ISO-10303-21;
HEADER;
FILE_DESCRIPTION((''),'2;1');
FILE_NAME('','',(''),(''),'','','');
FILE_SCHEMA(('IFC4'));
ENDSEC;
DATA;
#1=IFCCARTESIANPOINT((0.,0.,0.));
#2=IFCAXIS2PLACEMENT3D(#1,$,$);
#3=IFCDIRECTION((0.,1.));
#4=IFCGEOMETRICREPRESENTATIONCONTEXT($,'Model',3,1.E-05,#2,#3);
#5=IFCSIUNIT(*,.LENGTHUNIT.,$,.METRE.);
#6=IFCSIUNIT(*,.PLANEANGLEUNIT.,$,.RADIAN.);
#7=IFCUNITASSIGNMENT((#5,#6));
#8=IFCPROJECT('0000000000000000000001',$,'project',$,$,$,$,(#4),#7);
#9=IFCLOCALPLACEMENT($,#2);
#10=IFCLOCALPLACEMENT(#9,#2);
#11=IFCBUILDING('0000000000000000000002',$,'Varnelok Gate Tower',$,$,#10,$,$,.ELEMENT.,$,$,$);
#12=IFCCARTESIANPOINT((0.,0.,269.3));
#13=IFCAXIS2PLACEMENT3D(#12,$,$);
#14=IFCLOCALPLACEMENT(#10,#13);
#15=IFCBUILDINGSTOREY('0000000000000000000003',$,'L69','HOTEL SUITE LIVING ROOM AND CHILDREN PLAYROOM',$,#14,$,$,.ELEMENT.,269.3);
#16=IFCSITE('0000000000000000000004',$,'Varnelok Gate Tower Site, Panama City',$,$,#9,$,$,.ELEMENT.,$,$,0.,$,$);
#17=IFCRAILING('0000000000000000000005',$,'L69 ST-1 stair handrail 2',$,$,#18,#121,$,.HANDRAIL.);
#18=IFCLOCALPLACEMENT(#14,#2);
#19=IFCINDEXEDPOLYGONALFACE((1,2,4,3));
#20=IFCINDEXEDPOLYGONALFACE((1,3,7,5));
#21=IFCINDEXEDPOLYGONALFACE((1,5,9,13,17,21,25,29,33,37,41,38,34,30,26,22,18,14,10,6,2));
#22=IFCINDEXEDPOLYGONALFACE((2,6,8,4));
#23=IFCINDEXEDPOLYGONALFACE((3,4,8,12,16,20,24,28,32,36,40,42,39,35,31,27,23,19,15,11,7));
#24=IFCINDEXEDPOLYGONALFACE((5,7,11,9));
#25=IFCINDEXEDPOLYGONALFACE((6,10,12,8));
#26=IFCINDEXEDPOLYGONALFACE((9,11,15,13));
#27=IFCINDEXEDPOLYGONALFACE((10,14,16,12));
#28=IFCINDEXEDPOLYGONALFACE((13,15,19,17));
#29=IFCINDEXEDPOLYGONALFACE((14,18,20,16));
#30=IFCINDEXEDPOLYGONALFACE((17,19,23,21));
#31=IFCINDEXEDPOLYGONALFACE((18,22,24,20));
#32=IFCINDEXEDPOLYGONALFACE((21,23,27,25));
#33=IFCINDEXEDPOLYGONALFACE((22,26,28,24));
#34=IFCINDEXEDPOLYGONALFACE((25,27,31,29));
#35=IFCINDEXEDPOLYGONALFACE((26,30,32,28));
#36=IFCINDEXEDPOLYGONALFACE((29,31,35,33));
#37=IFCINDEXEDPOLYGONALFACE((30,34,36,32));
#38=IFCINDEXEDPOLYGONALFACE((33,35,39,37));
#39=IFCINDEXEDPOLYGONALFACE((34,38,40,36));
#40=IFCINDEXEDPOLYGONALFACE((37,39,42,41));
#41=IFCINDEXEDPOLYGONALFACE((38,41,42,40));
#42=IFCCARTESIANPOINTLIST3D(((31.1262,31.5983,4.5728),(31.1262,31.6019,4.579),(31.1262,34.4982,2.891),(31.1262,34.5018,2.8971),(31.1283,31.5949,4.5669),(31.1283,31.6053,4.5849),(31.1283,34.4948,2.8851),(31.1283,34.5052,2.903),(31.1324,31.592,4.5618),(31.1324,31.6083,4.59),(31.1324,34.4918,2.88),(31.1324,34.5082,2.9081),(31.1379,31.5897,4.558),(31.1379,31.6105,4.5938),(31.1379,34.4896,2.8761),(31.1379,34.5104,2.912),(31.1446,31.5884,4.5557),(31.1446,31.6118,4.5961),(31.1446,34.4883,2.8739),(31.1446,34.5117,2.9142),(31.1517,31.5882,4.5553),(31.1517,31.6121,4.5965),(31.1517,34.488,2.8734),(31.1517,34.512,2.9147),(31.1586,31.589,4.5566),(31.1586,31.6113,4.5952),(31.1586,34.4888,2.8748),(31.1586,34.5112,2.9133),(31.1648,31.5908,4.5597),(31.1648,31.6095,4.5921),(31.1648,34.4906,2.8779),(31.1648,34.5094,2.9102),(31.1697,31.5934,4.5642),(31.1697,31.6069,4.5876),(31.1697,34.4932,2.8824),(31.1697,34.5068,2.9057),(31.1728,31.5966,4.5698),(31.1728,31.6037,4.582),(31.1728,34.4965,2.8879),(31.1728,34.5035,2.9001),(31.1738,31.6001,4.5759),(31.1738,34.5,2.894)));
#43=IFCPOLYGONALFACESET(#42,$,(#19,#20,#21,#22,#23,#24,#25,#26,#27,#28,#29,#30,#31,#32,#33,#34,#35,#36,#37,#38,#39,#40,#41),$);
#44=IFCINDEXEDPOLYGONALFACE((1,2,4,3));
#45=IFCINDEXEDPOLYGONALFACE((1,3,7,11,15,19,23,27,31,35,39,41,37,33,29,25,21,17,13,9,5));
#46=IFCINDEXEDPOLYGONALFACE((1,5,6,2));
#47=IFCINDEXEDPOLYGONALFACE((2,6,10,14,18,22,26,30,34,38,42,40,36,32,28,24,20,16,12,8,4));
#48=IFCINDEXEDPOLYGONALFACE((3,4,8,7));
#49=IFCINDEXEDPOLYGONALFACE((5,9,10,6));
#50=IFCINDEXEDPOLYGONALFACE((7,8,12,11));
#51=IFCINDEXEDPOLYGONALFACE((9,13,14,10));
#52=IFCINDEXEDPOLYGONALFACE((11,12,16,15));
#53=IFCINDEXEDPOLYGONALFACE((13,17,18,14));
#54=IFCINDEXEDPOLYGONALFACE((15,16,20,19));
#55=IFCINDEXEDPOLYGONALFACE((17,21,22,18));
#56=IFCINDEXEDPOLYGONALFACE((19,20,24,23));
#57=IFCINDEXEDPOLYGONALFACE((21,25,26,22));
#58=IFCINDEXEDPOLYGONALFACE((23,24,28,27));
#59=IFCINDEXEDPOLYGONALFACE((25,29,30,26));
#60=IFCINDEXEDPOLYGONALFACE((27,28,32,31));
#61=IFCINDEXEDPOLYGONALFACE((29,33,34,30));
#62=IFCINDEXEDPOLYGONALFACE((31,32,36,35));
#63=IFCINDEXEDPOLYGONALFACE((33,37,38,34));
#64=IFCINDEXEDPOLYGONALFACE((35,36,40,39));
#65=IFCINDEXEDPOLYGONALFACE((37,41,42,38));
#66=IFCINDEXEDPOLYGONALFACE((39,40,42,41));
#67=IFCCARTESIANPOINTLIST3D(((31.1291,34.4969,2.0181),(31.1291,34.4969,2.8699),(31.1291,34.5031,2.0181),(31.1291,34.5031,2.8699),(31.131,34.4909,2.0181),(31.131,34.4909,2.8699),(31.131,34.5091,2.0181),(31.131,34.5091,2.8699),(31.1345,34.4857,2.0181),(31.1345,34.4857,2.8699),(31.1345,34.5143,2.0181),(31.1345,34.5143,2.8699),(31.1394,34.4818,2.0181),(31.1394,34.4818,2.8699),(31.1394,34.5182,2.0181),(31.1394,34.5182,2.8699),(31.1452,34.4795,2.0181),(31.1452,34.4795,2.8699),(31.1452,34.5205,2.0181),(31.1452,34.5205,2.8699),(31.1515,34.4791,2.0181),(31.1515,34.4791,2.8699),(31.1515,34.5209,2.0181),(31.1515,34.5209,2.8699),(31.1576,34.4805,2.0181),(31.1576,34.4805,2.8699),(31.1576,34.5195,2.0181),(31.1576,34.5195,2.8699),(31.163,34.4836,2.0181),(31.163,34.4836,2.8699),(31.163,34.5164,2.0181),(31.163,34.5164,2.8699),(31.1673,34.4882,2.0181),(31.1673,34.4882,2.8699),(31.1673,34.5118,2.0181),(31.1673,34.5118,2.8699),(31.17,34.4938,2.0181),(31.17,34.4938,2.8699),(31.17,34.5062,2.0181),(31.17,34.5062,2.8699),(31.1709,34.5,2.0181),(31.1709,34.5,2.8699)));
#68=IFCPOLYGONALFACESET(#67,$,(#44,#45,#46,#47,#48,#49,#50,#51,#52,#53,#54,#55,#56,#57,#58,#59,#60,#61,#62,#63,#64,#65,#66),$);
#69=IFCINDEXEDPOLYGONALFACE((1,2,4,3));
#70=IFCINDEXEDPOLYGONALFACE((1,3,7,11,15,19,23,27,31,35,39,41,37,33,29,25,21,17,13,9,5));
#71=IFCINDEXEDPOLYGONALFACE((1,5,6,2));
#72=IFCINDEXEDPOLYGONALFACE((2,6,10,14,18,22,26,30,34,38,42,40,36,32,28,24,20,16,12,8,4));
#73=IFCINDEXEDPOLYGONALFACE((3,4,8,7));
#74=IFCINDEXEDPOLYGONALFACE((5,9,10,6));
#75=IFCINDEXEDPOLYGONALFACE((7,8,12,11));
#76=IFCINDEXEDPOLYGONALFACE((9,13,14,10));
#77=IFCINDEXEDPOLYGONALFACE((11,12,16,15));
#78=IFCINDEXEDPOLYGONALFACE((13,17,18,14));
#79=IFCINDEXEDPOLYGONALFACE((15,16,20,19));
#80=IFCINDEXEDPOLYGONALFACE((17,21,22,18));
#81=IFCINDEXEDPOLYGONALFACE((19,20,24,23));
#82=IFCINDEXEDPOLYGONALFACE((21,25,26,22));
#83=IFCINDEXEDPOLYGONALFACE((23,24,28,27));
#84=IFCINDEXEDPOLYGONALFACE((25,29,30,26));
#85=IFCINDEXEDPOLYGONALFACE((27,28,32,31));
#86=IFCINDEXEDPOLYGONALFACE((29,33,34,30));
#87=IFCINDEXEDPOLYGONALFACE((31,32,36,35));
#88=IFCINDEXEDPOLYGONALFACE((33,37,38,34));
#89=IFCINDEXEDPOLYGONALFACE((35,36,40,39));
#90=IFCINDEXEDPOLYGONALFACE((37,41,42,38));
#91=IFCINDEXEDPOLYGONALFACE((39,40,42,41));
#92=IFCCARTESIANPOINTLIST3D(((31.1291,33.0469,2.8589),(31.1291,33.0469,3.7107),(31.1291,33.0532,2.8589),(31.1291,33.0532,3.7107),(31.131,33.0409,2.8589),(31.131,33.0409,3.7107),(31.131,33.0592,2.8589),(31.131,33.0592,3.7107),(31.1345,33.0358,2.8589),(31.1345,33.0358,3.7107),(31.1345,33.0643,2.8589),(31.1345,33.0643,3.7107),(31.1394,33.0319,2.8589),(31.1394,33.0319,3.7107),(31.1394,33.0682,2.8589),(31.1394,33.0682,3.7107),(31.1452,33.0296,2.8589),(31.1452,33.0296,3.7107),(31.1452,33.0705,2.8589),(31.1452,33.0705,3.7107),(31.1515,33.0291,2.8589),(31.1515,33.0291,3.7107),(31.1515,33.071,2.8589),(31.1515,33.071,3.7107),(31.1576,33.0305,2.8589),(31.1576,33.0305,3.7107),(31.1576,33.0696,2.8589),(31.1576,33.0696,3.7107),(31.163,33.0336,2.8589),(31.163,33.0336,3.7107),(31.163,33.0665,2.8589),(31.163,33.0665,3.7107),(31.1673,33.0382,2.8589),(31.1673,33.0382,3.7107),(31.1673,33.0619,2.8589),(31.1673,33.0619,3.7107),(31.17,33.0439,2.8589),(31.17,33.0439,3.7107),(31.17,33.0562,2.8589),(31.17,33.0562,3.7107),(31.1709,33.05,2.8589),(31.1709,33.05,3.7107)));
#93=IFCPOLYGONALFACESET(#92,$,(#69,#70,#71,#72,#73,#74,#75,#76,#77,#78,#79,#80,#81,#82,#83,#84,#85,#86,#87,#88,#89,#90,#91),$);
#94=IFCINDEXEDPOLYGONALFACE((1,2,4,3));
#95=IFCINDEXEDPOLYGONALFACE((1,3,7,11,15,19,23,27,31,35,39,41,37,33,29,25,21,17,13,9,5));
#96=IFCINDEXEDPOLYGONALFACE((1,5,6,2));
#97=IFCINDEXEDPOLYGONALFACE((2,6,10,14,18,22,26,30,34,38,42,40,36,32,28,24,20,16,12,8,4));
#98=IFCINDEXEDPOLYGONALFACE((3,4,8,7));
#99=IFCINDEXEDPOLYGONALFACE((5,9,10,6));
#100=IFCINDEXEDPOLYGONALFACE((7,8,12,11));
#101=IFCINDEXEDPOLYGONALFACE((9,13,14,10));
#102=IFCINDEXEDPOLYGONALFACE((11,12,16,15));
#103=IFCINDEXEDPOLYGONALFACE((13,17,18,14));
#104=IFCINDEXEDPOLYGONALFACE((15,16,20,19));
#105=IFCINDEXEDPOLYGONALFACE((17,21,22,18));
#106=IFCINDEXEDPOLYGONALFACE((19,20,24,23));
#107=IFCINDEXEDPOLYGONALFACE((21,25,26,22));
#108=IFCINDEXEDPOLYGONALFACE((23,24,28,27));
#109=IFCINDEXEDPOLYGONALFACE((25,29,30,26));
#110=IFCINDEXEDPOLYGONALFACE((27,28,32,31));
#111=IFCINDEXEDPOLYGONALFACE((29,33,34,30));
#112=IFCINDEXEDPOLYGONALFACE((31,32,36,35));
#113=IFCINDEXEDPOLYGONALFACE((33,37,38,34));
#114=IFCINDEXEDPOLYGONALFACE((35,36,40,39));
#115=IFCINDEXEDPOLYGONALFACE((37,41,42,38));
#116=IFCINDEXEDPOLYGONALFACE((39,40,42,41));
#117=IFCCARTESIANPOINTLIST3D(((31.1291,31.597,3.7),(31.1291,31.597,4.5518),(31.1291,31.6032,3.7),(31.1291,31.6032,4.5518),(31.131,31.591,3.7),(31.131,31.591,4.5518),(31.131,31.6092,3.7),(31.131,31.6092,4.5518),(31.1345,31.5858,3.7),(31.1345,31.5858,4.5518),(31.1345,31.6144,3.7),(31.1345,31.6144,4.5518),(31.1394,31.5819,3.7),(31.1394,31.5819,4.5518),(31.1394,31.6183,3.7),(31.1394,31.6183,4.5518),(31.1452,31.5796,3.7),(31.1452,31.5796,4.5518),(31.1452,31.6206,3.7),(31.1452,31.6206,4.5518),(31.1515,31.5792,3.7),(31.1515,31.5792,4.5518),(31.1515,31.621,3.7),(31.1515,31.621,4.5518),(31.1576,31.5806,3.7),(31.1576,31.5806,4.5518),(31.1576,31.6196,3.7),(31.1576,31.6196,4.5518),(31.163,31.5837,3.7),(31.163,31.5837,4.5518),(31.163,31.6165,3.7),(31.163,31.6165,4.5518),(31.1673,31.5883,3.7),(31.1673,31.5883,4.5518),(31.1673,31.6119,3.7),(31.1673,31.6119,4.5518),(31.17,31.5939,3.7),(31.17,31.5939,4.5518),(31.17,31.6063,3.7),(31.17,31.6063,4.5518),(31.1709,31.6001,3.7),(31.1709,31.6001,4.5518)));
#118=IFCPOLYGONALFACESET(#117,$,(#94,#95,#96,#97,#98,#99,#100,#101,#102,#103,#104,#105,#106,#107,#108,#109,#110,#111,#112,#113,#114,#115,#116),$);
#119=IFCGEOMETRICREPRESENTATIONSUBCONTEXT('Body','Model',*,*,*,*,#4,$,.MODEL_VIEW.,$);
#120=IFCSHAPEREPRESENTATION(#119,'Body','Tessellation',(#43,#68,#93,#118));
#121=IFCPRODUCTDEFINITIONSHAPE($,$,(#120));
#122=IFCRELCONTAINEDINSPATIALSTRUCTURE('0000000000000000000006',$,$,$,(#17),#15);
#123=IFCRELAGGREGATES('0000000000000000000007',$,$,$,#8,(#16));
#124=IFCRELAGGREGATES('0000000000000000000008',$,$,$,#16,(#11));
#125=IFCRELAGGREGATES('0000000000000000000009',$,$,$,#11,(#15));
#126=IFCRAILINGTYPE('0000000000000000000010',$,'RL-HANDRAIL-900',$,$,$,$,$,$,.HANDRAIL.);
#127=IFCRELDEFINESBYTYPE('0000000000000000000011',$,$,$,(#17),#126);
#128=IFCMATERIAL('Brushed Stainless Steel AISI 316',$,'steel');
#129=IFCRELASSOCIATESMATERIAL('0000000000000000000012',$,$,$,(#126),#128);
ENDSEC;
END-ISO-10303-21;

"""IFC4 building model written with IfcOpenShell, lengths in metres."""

from ifc_helpers import new_model, si_unit, direction, frame, origin, origin_2d, place, context, subcontext, project, spatial, circle, extrude, material, type_object, element, save


model = new_model("IFC4")

# Units and contexts
model_context = context("Model", 3, precision=1e-05, world=origin(), true_north=direction((0.0, 1.0)))
body_context = subcontext(model_context, "Body", "Model", "MODEL_VIEW")
ifc_project = project(units=[si_unit("LENGTHUNIT", "METRE"), si_unit("PLANEANGLEUNIT", "RADIAN")], contexts=[model_context])

# Site, building, storey
site_placement = place(None, origin())
site = spatial("IfcSite", under=ifc_project, at=site_placement, Name="Varnelok Gate Tower Site, Panama City", CompositionType="ELEMENT", RefElevation=0.0)
building_placement = place(site_placement, origin())
building = spatial("IfcBuilding", under=site, at=building_placement, Name="Varnelok Gate Tower", CompositionType="ELEMENT")
storey_placement = place(building_placement, frame((0.0, 0.0, 269.3)))
storey = spatial("IfcBuildingStorey", under=building, at=storey_placement, Name="L69", Description="HOTEL SUITE LIVING ROOM AND CHILDREN PLAYROOM", CompositionType="ELEMENT", Elevation=269.3)

# Railing
ifc_material_1 = material(Name="Brushed Stainless Steel AISI 316", Category="steel")
railing_type_1 = type_object("IfcRailingType", Name="RL-HANDRAIL-900", PredefinedType="HANDRAIL", material=ifc_material_1)
railing_1_placement = place(storey_placement, frame((31.1499, 34.5, 2.0181)))
element("IfcRailing", 1, at=railing_1_placement, inside=storey, type_object=railing_type_1, Name="L69 ST-1 stair handrail 2", PredefinedType="HANDRAIL", context=body_context, shape_type="SweptSolid", body=[
    extrude(circle(Radius=0.0239, at=origin_2d()), frame((0.0, 0.0, 0.876), z_axis=(0.0, -0.865039, 0.501705), x_axis=(1.0, 0.0, 0.0)), (0.0, 0.0, 1.0), 3.3523),
    extrude(circle(Radius=0.021, at=origin_2d()), origin(), (0.0, 0.0, 1.0), 0.8518),
    extrude(circle(Radius=0.021, at=origin_2d()), frame((0.0, -1.45, 0.8408)), (0.0, 0.0, 1.0), 0.8518),
    extrude(circle(Radius=0.021, at=origin_2d()), frame((0.0, -2.8999, 1.6819)), (0.0, 0.0, 1.0), 0.8518),
])

save(model, "model.ifc")
